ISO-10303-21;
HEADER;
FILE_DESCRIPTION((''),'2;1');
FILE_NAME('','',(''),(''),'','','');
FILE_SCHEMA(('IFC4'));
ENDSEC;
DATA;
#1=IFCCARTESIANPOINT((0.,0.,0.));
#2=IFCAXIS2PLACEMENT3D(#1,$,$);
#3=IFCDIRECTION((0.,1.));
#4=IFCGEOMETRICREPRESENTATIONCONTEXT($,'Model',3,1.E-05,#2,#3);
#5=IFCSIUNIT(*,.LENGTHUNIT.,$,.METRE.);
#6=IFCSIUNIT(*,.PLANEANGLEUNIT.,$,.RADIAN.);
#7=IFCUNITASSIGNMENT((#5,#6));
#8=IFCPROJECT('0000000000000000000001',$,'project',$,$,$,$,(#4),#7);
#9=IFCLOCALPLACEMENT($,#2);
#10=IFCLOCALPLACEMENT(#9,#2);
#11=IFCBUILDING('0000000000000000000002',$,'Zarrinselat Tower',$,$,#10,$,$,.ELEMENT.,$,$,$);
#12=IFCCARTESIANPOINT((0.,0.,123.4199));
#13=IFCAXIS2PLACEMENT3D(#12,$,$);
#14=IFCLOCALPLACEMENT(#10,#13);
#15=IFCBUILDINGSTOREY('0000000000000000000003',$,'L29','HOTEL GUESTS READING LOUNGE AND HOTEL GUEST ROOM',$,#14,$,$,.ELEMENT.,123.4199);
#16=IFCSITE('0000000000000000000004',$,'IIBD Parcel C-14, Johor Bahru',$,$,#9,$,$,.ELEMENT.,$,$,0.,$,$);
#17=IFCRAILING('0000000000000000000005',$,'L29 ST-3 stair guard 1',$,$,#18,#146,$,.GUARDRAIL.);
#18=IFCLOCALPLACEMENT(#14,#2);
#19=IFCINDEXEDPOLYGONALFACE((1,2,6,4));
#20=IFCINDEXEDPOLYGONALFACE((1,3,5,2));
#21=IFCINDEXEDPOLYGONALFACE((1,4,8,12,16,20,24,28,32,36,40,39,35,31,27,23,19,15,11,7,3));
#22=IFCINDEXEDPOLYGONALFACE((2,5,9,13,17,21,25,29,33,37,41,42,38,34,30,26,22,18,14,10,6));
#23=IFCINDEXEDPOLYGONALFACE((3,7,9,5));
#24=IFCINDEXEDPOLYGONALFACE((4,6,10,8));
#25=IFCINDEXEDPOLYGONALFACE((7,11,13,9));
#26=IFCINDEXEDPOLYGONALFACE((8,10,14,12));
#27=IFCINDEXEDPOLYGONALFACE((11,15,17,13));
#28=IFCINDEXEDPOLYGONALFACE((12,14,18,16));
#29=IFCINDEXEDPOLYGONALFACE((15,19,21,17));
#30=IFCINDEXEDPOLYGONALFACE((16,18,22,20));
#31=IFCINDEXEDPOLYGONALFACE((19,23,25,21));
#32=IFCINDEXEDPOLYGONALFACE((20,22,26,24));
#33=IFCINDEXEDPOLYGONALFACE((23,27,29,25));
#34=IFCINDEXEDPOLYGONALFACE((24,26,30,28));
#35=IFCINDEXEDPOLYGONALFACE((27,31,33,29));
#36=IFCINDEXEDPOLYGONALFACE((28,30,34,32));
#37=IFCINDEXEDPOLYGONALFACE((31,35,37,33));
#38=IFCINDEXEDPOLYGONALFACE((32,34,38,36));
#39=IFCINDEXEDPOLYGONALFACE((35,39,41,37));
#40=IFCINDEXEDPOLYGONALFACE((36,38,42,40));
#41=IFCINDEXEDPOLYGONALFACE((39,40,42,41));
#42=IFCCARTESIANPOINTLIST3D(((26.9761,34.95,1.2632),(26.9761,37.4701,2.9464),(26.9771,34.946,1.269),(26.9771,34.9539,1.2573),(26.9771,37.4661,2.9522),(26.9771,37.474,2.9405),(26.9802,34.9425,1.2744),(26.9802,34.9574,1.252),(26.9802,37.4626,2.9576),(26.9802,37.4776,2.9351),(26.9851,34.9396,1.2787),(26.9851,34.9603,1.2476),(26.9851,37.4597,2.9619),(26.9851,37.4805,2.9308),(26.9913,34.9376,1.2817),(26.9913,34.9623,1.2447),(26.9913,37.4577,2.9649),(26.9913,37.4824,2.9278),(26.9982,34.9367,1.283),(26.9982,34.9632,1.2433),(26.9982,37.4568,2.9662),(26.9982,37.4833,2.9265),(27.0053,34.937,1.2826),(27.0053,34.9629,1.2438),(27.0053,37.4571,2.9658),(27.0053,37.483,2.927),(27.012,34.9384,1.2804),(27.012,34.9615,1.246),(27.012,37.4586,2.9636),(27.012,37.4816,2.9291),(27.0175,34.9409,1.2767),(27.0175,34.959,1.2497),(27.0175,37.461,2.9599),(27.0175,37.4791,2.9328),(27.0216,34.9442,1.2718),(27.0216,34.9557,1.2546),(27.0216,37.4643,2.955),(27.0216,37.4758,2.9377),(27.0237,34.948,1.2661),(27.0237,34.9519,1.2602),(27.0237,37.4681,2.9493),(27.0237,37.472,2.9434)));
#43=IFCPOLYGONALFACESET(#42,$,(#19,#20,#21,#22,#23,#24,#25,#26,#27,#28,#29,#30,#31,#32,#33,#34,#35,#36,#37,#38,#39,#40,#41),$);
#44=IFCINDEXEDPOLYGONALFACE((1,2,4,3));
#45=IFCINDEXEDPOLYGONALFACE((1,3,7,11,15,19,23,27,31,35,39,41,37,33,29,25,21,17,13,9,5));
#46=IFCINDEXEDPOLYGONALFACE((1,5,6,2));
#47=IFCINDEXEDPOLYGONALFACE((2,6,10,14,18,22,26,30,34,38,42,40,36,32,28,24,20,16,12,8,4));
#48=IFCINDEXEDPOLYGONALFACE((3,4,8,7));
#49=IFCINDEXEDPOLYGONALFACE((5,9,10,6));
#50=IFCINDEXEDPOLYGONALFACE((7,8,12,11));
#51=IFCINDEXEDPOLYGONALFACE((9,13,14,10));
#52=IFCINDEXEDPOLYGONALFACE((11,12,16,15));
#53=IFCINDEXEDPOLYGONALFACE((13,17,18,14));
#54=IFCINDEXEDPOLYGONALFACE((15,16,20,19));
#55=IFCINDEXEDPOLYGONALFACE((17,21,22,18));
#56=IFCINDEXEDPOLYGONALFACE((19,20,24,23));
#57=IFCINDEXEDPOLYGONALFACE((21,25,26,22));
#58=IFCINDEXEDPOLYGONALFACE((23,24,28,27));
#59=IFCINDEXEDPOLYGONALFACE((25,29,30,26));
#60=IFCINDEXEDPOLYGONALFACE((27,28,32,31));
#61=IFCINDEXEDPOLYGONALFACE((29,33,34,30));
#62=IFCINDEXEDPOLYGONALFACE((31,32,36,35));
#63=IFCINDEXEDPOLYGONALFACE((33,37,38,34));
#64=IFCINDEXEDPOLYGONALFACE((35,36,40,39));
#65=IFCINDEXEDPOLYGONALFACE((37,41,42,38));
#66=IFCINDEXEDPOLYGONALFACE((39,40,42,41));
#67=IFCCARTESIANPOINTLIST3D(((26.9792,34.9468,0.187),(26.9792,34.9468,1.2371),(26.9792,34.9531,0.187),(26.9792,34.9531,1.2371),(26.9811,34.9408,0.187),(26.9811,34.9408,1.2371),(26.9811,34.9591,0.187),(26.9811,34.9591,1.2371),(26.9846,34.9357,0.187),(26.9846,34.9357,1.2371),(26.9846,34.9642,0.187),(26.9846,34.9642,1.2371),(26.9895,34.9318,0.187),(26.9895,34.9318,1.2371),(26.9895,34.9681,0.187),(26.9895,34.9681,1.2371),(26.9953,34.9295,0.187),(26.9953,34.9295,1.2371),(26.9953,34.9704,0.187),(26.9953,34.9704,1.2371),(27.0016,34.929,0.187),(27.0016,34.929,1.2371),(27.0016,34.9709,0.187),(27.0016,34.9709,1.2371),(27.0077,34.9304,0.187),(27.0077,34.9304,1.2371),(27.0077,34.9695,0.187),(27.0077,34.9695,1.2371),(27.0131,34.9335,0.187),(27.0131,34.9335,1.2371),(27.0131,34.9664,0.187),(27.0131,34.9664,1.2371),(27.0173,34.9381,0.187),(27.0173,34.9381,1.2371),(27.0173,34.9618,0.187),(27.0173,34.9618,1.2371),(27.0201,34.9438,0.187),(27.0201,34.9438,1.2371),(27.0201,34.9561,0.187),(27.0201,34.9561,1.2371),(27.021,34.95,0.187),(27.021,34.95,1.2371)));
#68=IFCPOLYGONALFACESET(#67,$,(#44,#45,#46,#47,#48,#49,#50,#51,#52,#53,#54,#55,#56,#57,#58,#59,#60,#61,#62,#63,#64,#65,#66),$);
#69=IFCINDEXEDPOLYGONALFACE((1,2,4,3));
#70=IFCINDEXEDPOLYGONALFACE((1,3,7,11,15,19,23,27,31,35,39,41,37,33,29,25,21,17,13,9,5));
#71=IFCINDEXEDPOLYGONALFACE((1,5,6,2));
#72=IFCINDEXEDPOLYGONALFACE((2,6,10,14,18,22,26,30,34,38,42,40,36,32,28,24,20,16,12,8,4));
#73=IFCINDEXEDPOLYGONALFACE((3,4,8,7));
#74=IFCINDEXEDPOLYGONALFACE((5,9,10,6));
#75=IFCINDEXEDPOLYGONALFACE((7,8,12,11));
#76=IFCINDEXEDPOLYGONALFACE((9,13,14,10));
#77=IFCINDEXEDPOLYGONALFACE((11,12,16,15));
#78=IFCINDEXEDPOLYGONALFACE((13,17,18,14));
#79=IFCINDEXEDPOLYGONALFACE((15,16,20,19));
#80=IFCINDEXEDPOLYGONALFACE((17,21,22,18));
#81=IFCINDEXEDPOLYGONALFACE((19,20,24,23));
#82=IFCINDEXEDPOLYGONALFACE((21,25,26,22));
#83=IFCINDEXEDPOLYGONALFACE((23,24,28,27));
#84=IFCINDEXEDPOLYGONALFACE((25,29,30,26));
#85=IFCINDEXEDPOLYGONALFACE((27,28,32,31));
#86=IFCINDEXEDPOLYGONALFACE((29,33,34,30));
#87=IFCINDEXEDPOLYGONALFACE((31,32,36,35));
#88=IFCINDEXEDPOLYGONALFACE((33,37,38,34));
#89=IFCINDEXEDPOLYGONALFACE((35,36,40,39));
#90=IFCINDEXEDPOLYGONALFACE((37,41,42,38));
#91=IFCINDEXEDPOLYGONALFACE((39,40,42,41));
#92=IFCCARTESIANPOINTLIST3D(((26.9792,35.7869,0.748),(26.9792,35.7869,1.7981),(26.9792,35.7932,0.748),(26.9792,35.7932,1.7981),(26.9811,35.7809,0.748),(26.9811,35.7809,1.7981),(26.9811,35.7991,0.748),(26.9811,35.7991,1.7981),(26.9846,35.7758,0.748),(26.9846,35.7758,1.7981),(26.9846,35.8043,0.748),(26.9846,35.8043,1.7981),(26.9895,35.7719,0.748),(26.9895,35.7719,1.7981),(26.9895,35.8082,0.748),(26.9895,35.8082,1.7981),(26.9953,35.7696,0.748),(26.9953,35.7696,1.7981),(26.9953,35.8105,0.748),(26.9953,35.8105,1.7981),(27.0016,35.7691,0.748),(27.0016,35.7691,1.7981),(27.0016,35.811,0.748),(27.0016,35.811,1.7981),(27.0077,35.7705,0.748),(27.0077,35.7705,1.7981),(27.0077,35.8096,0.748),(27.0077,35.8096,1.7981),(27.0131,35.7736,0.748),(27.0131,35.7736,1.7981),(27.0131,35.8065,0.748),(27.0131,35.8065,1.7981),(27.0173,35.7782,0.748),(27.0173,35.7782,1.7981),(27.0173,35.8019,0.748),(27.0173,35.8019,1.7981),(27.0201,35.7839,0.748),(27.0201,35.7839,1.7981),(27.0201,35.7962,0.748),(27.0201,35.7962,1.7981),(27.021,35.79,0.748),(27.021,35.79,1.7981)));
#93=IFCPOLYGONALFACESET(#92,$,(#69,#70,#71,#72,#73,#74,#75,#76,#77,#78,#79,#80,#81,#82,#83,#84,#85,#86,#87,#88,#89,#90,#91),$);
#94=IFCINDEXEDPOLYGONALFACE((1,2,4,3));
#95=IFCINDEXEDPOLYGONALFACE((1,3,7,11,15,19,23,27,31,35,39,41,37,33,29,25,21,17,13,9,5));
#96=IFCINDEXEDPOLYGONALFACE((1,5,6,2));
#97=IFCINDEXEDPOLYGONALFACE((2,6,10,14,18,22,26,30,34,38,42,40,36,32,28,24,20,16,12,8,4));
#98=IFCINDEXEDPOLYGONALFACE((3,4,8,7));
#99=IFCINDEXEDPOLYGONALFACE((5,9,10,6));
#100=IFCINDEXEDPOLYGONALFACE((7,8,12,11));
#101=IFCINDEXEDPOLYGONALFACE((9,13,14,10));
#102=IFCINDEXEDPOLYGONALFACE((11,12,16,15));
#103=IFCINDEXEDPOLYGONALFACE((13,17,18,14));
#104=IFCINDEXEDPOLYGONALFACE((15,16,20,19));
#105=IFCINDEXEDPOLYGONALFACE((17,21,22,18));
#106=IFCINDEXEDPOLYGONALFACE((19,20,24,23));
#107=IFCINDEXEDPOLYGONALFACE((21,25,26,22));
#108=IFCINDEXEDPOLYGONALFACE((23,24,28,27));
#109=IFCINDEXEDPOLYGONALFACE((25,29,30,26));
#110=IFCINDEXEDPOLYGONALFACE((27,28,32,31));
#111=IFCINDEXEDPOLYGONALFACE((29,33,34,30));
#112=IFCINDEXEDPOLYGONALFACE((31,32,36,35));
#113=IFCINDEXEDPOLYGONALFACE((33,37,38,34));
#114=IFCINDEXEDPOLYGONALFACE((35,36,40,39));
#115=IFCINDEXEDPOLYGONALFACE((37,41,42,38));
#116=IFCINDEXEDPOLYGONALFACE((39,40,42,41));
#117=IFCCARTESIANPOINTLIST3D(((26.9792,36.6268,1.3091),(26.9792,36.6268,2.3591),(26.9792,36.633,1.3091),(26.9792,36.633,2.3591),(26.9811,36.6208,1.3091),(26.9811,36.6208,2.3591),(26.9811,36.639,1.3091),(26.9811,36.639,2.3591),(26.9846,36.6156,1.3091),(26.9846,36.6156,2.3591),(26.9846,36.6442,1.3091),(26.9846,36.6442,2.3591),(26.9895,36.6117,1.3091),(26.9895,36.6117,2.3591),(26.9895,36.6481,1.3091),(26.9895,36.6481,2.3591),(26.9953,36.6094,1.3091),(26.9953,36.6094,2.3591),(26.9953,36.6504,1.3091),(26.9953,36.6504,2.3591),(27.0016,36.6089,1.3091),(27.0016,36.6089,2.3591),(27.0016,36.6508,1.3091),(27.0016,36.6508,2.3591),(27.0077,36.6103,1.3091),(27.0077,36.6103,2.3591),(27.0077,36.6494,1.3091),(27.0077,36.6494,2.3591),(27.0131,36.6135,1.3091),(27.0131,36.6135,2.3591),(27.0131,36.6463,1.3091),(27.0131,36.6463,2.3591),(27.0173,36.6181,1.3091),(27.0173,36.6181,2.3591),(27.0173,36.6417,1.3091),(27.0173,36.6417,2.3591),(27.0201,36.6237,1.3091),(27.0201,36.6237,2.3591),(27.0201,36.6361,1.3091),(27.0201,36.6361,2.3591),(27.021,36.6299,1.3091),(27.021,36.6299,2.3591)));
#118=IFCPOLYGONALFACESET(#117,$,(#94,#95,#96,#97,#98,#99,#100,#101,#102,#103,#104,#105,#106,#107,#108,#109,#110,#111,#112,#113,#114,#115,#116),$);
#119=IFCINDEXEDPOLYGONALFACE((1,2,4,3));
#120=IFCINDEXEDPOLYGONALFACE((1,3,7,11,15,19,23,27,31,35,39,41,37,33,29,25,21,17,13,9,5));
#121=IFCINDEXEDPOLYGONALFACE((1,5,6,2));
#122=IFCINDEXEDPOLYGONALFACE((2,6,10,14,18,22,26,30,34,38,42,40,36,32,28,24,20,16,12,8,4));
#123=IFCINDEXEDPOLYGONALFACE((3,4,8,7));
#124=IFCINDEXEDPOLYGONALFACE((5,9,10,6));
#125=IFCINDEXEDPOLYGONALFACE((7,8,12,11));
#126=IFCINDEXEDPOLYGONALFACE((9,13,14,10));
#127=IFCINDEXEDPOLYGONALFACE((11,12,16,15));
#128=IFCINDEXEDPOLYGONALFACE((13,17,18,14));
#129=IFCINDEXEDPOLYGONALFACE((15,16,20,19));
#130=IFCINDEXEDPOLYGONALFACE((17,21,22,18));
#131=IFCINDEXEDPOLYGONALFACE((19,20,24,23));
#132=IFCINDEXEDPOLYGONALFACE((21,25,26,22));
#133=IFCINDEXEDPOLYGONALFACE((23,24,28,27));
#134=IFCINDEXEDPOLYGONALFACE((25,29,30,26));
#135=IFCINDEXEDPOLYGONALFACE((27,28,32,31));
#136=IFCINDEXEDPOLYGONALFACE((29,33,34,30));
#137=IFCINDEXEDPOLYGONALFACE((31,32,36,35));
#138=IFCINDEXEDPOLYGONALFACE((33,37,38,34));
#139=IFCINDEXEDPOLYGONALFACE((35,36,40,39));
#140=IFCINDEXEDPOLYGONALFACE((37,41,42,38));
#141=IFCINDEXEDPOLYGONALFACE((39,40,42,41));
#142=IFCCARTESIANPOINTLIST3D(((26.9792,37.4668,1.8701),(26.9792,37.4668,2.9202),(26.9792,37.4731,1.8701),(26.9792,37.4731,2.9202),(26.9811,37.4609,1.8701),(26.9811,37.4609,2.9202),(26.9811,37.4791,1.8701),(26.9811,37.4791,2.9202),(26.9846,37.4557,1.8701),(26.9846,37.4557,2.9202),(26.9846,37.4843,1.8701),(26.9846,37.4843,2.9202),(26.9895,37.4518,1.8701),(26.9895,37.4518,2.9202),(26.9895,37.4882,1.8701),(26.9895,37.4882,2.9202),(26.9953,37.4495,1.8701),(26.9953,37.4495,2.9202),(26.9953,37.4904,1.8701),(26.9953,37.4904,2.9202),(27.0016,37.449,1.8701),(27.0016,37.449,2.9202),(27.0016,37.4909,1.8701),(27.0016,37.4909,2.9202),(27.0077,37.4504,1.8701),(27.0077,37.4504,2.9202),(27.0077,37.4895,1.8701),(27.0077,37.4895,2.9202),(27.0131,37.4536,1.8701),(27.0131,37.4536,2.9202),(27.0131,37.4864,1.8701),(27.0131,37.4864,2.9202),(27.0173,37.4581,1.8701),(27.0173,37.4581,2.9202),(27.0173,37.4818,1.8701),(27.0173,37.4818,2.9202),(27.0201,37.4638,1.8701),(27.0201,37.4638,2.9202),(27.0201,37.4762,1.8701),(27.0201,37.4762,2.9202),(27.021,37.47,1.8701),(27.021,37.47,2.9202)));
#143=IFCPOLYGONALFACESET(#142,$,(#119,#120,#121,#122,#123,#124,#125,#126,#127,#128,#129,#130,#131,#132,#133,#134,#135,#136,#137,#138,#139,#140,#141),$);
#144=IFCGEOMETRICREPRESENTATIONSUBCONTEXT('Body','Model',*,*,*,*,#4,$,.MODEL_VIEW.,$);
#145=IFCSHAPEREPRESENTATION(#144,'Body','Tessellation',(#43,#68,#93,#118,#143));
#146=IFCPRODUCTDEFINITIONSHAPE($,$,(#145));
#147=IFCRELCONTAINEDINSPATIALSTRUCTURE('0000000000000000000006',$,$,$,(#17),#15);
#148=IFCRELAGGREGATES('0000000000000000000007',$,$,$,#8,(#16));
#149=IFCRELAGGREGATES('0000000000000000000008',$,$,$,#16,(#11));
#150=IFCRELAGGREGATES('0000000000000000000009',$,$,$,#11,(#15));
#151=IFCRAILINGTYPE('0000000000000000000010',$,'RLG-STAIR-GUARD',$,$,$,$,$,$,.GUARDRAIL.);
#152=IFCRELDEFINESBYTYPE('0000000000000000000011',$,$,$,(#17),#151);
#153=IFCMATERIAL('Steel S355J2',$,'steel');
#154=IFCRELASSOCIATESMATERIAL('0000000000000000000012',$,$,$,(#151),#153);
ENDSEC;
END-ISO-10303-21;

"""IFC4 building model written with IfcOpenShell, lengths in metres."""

from ifc_helpers import new_model, si_unit, direction, frame, origin, origin_2d, place, context, subcontext, project, spatial, circle, extrude, material, type_object, element, save


model = new_model("IFC4")

# Units and contexts
model_context = context("Model", 3, precision=1e-05, world=origin(), true_north=direction((0.0, 1.0)))
body_context = subcontext(model_context, "Body", "Model", "MODEL_VIEW")
ifc_project = project(units=[si_unit("LENGTHUNIT", "METRE"), si_unit("PLANEANGLEUNIT", "RADIAN")], contexts=[model_context])

# Site, building, storey
site_placement = place(None, origin())
site = spatial("IfcSite", under=ifc_project, at=site_placement, Name="IIBD Parcel C-14, Johor Bahru", CompositionType="ELEMENT", RefElevation=0.0)
building_placement = place(site_placement, origin())
building = spatial("IfcBuilding", under=site, at=building_placement, Name="Zarrinselat Tower", CompositionType="ELEMENT")
storey_placement = place(building_placement, frame((0.0, 0.0, 123.4199)))
storey = spatial("IfcBuildingStorey", under=building, at=storey_placement, Name="L29", Description="HOTEL GUESTS READING LOUNGE AND HOTEL GUEST ROOM", CompositionType="ELEMENT", Elevation=123.4199)

# Railing
ifc_material_1 = material(Name="Steel S355J2", Category="steel")
railing_type_1 = type_object("IfcRailingType", Name="RLG-STAIR-GUARD", PredefinedType="GUARDRAIL", material=ifc_material_1)
railing_1_placement = place(storey_placement, frame((27.0, 34.95, 0.187)))
element("IfcRailing", 1, at=railing_1_placement, inside=storey, type_object=railing_type_1, Name="L29 ST-3 stair guard 1", PredefinedType="GUARDRAIL", context=body_context, shape_type="SweptSolid", body=[
    extrude(circle(Radius=0.0239, at=origin_2d()), frame((0.0, 0.0, 1.0762), z_axis=(0.0, 0.831579, 0.555406), x_axis=(-1.0, 0.0, 0.0)), (0.0, 0.0, 1.0), 3.0305),
    extrude(circle(Radius=0.021, at=origin_2d()), origin(), (0.0, 0.0, 1.0), 1.05),
    extrude(circle(Radius=0.021, at=origin_2d()), frame((0.0, 0.8401, 0.561)), (0.0, 0.0, 1.0), 1.05),
    extrude(circle(Radius=0.021, at=origin_2d()), frame((0.0, 1.6799, 1.1221)), (0.0, 0.0, 1.0), 1.05),
    extrude(circle(Radius=0.021, at=origin_2d()), frame((0.0, 2.52, 1.6831)), (0.0, 0.0, 1.0), 1.05),
])

save(model, "model.ifc")
